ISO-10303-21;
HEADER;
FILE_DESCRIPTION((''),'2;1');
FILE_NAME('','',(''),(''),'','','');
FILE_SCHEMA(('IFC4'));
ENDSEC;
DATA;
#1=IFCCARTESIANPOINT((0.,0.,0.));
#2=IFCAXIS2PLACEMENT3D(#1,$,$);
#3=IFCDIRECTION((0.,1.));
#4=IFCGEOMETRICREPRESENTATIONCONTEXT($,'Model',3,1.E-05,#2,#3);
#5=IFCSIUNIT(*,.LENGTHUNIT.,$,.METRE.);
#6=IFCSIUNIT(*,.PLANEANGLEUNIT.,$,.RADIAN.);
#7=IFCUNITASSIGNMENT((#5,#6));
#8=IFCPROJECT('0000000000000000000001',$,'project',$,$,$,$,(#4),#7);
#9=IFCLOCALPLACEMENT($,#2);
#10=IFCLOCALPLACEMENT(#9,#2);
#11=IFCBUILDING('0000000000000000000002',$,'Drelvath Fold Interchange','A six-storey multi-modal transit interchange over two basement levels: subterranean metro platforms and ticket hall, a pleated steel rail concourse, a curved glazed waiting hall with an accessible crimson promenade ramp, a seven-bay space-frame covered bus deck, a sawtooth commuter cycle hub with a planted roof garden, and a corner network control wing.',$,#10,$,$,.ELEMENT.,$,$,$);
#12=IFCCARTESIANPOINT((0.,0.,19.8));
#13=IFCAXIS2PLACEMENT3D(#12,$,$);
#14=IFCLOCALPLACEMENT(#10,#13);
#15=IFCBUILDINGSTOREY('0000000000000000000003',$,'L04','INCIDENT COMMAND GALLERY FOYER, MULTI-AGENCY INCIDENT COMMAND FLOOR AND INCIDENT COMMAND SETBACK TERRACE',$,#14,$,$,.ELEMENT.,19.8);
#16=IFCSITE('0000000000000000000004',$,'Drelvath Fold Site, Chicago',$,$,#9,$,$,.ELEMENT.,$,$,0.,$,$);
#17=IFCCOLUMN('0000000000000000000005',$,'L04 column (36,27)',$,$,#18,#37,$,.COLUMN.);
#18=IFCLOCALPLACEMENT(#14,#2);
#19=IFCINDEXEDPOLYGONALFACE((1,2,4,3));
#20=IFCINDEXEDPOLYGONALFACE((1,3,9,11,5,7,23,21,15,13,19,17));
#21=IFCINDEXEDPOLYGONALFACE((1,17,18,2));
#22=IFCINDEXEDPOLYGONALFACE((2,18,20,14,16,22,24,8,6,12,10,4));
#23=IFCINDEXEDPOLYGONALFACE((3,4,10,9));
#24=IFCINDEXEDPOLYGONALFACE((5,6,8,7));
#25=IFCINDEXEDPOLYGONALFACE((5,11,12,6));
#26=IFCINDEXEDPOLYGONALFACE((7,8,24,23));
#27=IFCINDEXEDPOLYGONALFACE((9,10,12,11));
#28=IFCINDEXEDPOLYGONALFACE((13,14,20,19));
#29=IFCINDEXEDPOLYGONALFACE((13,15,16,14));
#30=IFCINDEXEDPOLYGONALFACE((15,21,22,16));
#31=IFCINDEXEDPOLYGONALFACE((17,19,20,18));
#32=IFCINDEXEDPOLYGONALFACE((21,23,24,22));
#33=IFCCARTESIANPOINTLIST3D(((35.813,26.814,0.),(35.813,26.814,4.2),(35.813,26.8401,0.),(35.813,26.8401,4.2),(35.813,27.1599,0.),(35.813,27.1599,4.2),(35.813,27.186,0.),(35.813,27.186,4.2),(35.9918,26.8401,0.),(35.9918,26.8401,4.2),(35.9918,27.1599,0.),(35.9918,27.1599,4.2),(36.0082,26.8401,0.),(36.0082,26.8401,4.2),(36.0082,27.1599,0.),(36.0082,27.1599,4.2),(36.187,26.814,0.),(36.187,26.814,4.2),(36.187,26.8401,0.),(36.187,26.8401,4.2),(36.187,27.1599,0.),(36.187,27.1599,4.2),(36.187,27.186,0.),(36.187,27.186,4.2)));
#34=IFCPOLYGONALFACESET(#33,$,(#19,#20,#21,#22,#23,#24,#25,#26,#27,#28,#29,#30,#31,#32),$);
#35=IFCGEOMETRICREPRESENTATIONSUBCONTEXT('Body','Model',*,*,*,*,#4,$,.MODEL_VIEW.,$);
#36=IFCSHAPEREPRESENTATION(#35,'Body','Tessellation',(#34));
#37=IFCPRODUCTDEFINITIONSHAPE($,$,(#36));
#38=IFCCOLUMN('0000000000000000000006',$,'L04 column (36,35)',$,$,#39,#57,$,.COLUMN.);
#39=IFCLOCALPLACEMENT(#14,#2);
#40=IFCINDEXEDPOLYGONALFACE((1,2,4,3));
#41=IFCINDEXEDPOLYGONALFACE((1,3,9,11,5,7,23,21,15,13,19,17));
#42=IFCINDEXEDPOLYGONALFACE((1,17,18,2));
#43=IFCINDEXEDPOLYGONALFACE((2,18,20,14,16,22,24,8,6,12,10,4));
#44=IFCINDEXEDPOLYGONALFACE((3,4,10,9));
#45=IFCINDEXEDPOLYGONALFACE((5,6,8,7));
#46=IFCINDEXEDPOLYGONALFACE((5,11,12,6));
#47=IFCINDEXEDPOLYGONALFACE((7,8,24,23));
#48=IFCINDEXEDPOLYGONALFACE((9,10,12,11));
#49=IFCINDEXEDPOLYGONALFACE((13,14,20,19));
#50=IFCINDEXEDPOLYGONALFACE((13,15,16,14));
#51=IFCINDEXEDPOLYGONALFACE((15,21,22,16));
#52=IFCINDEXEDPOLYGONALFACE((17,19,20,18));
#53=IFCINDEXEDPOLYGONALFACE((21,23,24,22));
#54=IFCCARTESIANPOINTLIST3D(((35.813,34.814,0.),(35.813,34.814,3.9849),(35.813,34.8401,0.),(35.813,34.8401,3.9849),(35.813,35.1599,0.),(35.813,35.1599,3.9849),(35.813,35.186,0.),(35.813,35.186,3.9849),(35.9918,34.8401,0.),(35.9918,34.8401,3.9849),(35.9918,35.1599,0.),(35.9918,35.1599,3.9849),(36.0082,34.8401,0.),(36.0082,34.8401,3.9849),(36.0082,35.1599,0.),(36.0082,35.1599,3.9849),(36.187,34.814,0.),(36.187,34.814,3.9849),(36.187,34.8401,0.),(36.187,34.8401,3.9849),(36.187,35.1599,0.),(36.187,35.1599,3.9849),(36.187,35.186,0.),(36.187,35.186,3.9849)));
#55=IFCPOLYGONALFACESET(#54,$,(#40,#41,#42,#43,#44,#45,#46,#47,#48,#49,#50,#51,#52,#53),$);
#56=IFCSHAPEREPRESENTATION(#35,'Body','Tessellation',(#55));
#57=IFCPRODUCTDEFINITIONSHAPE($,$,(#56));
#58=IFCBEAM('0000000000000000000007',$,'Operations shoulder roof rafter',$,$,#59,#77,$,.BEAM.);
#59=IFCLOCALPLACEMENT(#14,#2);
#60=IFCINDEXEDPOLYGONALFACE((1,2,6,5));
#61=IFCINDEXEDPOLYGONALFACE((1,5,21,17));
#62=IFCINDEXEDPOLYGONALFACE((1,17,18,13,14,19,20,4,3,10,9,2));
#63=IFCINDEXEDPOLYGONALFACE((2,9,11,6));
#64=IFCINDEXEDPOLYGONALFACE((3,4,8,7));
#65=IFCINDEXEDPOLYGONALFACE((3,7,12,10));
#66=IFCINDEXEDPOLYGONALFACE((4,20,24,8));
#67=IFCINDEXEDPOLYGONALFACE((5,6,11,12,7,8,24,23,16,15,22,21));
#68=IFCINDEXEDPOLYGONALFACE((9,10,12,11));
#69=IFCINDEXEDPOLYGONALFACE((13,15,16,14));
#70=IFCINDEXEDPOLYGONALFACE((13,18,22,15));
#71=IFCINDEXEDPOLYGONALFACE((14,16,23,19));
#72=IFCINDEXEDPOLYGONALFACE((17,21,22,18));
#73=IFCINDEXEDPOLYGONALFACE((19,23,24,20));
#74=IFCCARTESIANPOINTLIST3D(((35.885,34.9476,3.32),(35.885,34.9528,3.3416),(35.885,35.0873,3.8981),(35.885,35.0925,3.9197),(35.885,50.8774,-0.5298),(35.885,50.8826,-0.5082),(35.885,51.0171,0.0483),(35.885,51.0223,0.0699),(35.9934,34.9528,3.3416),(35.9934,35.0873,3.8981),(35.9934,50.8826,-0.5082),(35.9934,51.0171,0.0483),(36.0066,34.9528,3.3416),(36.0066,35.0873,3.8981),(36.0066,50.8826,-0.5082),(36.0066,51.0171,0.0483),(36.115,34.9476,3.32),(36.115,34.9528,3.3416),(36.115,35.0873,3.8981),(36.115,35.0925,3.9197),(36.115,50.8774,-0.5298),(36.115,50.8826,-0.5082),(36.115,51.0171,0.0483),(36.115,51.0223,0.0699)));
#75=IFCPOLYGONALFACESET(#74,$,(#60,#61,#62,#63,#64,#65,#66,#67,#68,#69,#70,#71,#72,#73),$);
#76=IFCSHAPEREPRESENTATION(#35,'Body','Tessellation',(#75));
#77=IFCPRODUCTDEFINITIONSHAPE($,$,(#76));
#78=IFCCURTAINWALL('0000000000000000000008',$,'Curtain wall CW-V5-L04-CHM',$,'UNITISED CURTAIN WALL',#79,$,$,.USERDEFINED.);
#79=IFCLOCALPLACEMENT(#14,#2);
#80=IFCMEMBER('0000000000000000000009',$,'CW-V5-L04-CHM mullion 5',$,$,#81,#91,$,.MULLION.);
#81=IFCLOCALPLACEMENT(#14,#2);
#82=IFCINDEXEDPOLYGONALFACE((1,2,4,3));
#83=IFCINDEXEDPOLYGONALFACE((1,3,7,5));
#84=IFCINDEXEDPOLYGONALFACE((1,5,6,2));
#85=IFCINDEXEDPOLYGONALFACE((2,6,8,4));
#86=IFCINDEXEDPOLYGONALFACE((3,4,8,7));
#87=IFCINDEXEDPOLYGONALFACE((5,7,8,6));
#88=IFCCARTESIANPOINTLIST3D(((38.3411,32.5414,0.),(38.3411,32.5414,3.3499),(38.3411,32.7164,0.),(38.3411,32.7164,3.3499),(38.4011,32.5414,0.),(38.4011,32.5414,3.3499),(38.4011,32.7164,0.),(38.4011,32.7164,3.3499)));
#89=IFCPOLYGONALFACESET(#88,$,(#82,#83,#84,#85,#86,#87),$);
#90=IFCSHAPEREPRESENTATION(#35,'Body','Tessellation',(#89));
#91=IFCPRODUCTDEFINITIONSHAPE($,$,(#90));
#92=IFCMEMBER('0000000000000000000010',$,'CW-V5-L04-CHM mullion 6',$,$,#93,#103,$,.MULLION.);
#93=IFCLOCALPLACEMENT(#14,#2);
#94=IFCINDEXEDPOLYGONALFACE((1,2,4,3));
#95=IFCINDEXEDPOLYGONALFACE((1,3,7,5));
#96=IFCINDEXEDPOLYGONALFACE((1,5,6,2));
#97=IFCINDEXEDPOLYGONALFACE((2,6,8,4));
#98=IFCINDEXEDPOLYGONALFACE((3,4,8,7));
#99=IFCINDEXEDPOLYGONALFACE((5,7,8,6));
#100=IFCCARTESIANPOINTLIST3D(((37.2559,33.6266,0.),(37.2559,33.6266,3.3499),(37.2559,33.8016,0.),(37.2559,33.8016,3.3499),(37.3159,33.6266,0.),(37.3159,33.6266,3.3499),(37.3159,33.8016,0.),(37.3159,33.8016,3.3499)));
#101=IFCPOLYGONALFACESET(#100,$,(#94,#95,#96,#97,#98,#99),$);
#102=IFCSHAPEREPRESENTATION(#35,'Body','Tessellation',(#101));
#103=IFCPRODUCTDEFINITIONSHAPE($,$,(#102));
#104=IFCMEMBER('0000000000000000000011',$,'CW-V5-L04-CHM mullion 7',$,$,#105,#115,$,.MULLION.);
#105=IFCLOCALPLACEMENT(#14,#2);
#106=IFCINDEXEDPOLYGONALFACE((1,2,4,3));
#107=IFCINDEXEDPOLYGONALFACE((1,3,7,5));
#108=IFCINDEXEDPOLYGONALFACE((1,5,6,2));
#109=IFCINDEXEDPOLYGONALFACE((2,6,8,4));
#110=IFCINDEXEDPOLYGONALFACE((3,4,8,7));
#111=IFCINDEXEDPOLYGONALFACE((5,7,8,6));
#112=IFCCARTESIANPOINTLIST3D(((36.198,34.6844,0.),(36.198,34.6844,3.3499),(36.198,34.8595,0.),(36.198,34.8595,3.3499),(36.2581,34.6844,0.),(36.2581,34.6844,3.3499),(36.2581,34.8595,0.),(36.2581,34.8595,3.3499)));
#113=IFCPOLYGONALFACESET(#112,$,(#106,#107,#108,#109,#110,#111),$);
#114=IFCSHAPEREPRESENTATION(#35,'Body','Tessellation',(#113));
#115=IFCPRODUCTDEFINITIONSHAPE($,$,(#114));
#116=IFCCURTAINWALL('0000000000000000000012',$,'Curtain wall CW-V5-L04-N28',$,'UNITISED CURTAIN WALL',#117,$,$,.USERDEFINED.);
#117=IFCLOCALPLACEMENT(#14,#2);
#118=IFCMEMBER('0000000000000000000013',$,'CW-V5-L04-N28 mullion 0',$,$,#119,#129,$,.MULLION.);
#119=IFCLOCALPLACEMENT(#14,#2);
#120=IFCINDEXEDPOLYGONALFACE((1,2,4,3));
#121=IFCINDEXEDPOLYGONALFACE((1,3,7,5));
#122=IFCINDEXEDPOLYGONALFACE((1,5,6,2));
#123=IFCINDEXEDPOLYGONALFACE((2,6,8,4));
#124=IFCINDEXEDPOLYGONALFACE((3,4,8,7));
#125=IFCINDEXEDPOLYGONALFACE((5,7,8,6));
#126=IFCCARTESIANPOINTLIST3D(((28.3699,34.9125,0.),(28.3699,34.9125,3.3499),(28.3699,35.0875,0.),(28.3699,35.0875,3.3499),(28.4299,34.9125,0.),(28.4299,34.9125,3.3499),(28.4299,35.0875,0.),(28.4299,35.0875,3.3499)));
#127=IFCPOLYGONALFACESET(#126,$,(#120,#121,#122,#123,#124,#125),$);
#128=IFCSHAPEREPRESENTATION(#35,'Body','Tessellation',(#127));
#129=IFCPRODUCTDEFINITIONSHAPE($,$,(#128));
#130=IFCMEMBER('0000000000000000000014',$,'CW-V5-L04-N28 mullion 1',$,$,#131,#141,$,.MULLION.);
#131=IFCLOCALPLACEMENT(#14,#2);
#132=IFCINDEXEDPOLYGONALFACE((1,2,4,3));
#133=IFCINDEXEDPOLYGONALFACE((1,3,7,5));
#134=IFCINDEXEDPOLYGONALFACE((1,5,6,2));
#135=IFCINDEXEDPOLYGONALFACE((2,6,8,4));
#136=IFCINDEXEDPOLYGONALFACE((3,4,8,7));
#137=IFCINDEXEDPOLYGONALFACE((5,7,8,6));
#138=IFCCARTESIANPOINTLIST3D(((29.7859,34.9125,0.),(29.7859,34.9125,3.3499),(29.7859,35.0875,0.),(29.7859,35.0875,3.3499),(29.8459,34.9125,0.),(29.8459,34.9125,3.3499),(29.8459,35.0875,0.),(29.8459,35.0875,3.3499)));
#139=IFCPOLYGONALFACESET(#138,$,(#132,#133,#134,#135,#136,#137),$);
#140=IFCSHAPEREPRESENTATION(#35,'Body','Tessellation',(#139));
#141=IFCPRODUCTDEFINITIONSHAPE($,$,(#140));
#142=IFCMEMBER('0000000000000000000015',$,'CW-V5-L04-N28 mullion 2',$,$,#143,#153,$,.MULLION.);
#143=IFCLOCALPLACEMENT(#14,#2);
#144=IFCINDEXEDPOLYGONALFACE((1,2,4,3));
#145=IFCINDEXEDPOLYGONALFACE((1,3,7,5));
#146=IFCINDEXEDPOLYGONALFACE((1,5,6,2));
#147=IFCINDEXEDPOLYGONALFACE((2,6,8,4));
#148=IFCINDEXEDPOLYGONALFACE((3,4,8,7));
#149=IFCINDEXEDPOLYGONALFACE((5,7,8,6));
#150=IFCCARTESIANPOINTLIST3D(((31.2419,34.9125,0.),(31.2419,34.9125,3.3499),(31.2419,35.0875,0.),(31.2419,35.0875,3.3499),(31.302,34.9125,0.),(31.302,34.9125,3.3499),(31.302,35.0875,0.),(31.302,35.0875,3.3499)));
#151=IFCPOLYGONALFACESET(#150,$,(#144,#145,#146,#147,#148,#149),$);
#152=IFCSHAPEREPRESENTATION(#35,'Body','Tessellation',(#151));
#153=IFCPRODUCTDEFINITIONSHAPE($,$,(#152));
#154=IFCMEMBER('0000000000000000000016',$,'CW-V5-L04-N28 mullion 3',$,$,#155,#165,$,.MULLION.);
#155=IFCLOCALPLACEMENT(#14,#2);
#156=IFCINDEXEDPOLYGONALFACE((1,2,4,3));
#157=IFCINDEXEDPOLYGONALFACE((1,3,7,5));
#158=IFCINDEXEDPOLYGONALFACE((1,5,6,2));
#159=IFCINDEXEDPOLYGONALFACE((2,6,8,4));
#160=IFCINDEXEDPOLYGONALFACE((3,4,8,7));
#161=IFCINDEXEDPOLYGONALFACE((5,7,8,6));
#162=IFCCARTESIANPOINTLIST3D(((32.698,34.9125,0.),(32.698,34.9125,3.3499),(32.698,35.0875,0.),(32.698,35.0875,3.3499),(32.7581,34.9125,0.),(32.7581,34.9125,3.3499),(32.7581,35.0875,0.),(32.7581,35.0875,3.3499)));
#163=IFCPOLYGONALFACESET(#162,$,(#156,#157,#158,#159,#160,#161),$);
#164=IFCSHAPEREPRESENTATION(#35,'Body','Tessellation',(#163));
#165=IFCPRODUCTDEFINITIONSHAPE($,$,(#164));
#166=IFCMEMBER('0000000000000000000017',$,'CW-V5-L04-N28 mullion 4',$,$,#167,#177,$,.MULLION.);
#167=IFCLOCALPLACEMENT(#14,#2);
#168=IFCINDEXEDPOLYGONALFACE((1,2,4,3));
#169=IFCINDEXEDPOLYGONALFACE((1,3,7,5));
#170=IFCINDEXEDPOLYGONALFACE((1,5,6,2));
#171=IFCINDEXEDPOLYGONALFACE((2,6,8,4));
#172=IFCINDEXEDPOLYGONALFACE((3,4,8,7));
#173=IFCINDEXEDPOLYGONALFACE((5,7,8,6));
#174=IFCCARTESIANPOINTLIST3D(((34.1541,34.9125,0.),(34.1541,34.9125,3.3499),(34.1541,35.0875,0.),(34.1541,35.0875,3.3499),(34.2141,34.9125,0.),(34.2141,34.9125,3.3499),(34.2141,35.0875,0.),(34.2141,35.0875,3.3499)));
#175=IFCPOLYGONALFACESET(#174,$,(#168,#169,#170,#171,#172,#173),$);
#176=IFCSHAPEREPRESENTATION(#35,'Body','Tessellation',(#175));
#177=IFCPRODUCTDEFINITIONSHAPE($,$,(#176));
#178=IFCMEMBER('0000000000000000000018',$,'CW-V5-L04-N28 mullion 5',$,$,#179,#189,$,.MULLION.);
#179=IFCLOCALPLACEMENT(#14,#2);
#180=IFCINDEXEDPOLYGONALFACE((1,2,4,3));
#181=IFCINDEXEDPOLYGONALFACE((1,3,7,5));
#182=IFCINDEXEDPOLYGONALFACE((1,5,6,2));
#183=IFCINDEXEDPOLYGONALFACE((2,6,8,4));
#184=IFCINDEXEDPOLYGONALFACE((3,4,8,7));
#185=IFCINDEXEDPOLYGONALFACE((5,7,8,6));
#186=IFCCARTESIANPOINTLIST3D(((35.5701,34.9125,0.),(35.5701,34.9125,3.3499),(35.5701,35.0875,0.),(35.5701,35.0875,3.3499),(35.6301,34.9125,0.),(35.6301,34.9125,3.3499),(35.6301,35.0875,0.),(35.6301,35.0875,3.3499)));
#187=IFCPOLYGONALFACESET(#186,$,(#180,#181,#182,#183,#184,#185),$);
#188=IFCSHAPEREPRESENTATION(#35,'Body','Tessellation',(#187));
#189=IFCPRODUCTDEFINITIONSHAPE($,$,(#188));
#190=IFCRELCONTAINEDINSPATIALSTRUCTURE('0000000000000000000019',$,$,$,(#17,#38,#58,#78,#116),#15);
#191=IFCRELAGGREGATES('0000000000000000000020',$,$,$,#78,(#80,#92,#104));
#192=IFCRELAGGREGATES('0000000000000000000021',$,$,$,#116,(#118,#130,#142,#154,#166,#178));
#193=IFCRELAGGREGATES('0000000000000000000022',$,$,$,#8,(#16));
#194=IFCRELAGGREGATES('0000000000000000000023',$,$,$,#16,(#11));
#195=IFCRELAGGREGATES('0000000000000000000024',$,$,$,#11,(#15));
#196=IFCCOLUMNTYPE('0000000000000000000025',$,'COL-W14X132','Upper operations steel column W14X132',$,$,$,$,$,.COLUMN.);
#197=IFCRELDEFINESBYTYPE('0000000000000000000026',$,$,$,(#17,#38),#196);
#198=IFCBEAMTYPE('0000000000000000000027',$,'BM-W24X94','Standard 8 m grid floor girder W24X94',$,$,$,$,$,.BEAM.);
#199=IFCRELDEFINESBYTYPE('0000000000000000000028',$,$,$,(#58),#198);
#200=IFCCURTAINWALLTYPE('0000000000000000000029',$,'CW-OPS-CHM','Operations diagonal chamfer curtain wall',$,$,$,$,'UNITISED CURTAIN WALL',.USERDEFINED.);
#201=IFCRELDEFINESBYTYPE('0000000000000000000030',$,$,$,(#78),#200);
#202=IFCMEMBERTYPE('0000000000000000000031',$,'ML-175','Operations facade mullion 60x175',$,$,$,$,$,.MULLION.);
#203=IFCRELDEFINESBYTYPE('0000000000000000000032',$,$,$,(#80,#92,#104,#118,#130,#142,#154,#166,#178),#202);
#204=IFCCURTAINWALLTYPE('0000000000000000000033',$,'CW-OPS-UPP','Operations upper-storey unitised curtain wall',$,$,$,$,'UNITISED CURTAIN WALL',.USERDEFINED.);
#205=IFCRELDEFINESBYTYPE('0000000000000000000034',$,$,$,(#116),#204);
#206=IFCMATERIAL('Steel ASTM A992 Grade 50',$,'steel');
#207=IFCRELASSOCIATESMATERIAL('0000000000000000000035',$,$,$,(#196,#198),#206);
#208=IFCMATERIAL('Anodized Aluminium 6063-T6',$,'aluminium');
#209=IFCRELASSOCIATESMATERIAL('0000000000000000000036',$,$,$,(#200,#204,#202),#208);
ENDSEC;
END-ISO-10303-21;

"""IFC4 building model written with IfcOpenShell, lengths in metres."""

from ifc_helpers import new_model, si_unit, direction, frame, origin, origin_2d, place, context, subcontext, project, spatial, rectangle, i_section, extrude, material, material_profile, profile_set, type_object, element, aggregate, save


model = new_model("IFC4")

# Units and contexts
model_context = context("Model", 3, precision=1e-05, world=origin(), true_north=direction((0.0, 1.0)))
body_context = subcontext(model_context, "Body", "Model", "MODEL_VIEW")
ifc_project = project(units=[si_unit("LENGTHUNIT", "METRE"), si_unit("PLANEANGLEUNIT", "RADIAN")], contexts=[model_context])

# Site, building, storey
site_placement = place(None, origin())
site = spatial("IfcSite", under=ifc_project, at=site_placement, Name="Drelvath Fold Site, Chicago", CompositionType="ELEMENT", RefElevation=0.0)
building_placement = place(site_placement, origin())
building = spatial("IfcBuilding", under=site, at=building_placement, Name="Drelvath Fold Interchange", Description="A six-storey multi-modal transit interchange over two basement levels: subterranean metro platforms and ticket hall, a pleated steel rail concourse, a curved glazed waiting hall with an accessible crimson promenade ramp, a seven-bay space-frame covered bus deck, a sawtooth commuter cycle hub with a planted roof garden, and a corner network control wing.", CompositionType="ELEMENT")
storey_placement = place(building_placement, frame((0.0, 0.0, 19.8)))
storey = spatial("IfcBuildingStorey", under=building, at=storey_placement, Name="L04", Description="INCIDENT COMMAND GALLERY FOYER, MULTI-AGENCY INCIDENT COMMAND FLOOR AND INCIDENT COMMAND SETBACK TERRACE", CompositionType="ELEMENT", Elevation=19.8)

# Columns
ifc_material_1 = material(Name="Steel ASTM A992 Grade 50", Category="steel")
ifc_material_profile_1 = material_profile(ifc_material_1, i_section(OverallWidth=0.374, OverallDepth=0.3721, WebThickness=0.0164, FlangeThickness=0.0261, at=origin_2d()), Name="W14X132")
ifc_profile_set_1 = profile_set([ifc_material_profile_1], Name="Steel ASTM A992 Grade 50")
column_type = type_object("IfcColumnType", Name="COL-W14X132", Description="Upper operations steel column W14X132", PredefinedType="COLUMN", material=ifc_profile_set_1)
column_1_placement = place(storey_placement, frame((36.0, 27.0, 0.0), z_axis=(0.0, 0.0, 1.0), x_axis=(1.0, 0.0, 0.0)))
element("IfcColumn", 1, at=column_1_placement, inside=storey, type_object=column_type, Name="L04 column (36,27)", PredefinedType="COLUMN", context=body_context, shape_type="SweptSolid", body=[
    extrude(i_section(OverallWidth=0.374, OverallDepth=0.3721, WebThickness=0.0164, FlangeThickness=0.0261, at=origin_2d()), origin(), (0.0, 0.0, 1.0), 4.2),
])
column_2_placement = place(storey_placement, frame((36.0, 35.0, 0.0), z_axis=(0.0, 0.0, 1.0), x_axis=(1.0, 0.0, 0.0)))
element("IfcColumn", 2, at=column_2_placement, inside=storey, type_object=column_type, Name="L04 column (36,35)", PredefinedType="COLUMN", context=body_context, shape_type="SweptSolid", body=[
    extrude(i_section(OverallWidth=0.374, OverallDepth=0.3721, WebThickness=0.0164, FlangeThickness=0.0261, at=origin_2d()), origin(), (0.0, 0.0, 1.0), 3.9849),
])

# Beam
ifc_material_profile_2 = material_profile(ifc_material_1, i_section(OverallWidth=0.23, OverallDepth=0.6169, WebThickness=0.0132, FlangeThickness=0.0222, at=origin_2d()), Name="W24X94")
ifc_profile_set_2 = profile_set([ifc_material_profile_2], Name="Steel ASTM A992 Grade 50")
beam_type = type_object("IfcBeamType", Name="BM-W24X94", Description="Standard 8 m grid floor girder W24X94", PredefinedType="BEAM", material=ifc_profile_set_2)
beam_placement = place(storey_placement, frame((36.0, 35.02, 3.6199), z_axis=(0.0, 0.972017, -0.234911), x_axis=(-1.0, 0.0, 0.0)))
element("IfcBeam", 3, at=beam_placement, inside=storey, type_object=beam_type, Name="Operations shoulder roof rafter", PredefinedType="BEAM", context=body_context, shape_type="SweptSolid", body=[
    extrude(i_section(OverallWidth=0.23, OverallDepth=0.6169, WebThickness=0.0132, FlangeThickness=0.0222, at=origin_2d()), origin(), (0.0, 0.0, 1.0), 16.3884),
])

# Curtain walls, members
ifc_material_2 = material(Name="Anodized Aluminium 6063-T6", Category="aluminium")
curtain_wall_type_1 = type_object("IfcCurtainWallType", Name="CW-OPS-CHM", Description="Operations diagonal chamfer curtain wall", ElementType="UNITISED CURTAIN WALL", PredefinedType="USERDEFINED", material=ifc_material_2)
curtain_wall_1_placement = place(storey_placement, origin())
curtain_wall_1 = element("IfcCurtainWall", 4, at=curtain_wall_1_placement, inside=storey, type_object=curtain_wall_type_1, Name="Curtain wall CW-V5-L04-CHM", ObjectType="UNITISED CURTAIN WALL", PredefinedType="USERDEFINED")
ifc_material_profile_3 = material_profile(ifc_material_2, rectangle(XDim=0.0601, YDim=0.175, at=origin_2d()), Name="AL-M 60x175")
ifc_profile_set_3 = profile_set([ifc_material_profile_3], Name="Anodized Aluminium 6063-T6")
member_type_1 = type_object("IfcMemberType", Name="ML-175", Description="Operations facade mullion 60x175", PredefinedType="MULLION", material=ifc_profile_set_3)
member_1_placement = place(storey_placement, frame((38.3711, 32.6289, 0.0), z_axis=(0.0, 0.0, 1.0), x_axis=(1.0, 0.0, 0.0)))
member_1 = element("IfcMember", 5, at=member_1_placement, type_object=member_type_1, Name="CW-V5-L04-CHM mullion 5", PredefinedType="MULLION", context=body_context, shape_type="SweptSolid", body=[
    extrude(rectangle(XDim=0.0601, YDim=0.175, at=origin_2d()), origin(), (0.0, 0.0, 1.0), 3.3499),
])
member_2_placement = place(storey_placement, frame((37.2859, 33.7141, 0.0), z_axis=(0.0, 0.0, 1.0), x_axis=(1.0, 0.0, 0.0)))
member_2 = element("IfcMember", 6, at=member_2_placement, type_object=member_type_1, Name="CW-V5-L04-CHM mullion 6", PredefinedType="MULLION", context=body_context, shape_type="SweptSolid", body=[
    extrude(rectangle(XDim=0.0601, YDim=0.175, at=origin_2d()), origin(), (0.0, 0.0, 1.0), 3.3499),
])
member_3_placement = place(storey_placement, frame((36.228, 34.772, 0.0), z_axis=(0.0, 0.0, 1.0), x_axis=(1.0, 0.0, 0.0)))
member_3 = element("IfcMember", 7, at=member_3_placement, type_object=member_type_1, Name="CW-V5-L04-CHM mullion 7", PredefinedType="MULLION", context=body_context, shape_type="SweptSolid", body=[
    extrude(rectangle(XDim=0.0601, YDim=0.175, at=origin_2d()), origin(), (0.0, 0.0, 1.0), 3.3499),
])
curtain_wall_type_2 = type_object("IfcCurtainWallType", Name="CW-OPS-UPP", Description="Operations upper-storey unitised curtain wall", ElementType="UNITISED CURTAIN WALL", PredefinedType="USERDEFINED", material=ifc_material_2)
curtain_wall_2_placement = place(storey_placement, origin())
curtain_wall_2 = element("IfcCurtainWall", 8, at=curtain_wall_2_placement, inside=storey, type_object=curtain_wall_type_2, Name="Curtain wall CW-V5-L04-N28", ObjectType="UNITISED CURTAIN WALL", PredefinedType="USERDEFINED")
member_4_placement = place(storey_placement, frame((28.3999, 35.0, 0.0), z_axis=(0.0, 0.0, 1.0), x_axis=(1.0, 0.0, 0.0)))
member_4 = element("IfcMember", 9, at=member_4_placement, type_object=member_type_1, Name="CW-V5-L04-N28 mullion 0", PredefinedType="MULLION", context=body_context, shape_type="SweptSolid", body=[
    extrude(rectangle(XDim=0.0601, YDim=0.175, at=origin_2d()), origin(), (0.0, 0.0, 1.0), 3.3499),
])
member_5_placement = place(storey_placement, frame((29.8159, 35.0, 0.0), z_axis=(0.0, 0.0, 1.0), x_axis=(1.0, 0.0, 0.0)))
member_5 = element("IfcMember", 10, at=member_5_placement, type_object=member_type_1, Name="CW-V5-L04-N28 mullion 1", PredefinedType="MULLION", context=body_context, shape_type="SweptSolid", body=[
    extrude(rectangle(XDim=0.0601, YDim=0.175, at=origin_2d()), origin(), (0.0, 0.0, 1.0), 3.3499),
])
member_6_placement = place(storey_placement, frame((31.272, 35.0, 0.0), z_axis=(0.0, 0.0, 1.0), x_axis=(1.0, 0.0, 0.0)))
member_6 = element("IfcMember", 11, at=member_6_placement, type_object=member_type_1, Name="CW-V5-L04-N28 mullion 2", PredefinedType="MULLION", context=body_context, shape_type="SweptSolid", body=[
    extrude(rectangle(XDim=0.0601, YDim=0.175, at=origin_2d()), origin(), (0.0, 0.0, 1.0), 3.3499),
])
member_7_placement = place(storey_placement, frame((32.728, 35.0, 0.0), z_axis=(0.0, 0.0, 1.0), x_axis=(1.0, 0.0, 0.0)))
member_7 = element("IfcMember", 12, at=member_7_placement, type_object=member_type_1, Name="CW-V5-L04-N28 mullion 3", PredefinedType="MULLION", context=body_context, shape_type="SweptSolid", body=[
    extrude(rectangle(XDim=0.0601, YDim=0.175, at=origin_2d()), origin(), (0.0, 0.0, 1.0), 3.3499),
])
member_8_placement = place(storey_placement, frame((34.1841, 35.0, 0.0), z_axis=(0.0, 0.0, 1.0), x_axis=(1.0, 0.0, 0.0)))
member_8 = element("IfcMember", 13, at=member_8_placement, type_object=member_type_1, Name="CW-V5-L04-N28 mullion 4", PredefinedType="MULLION", context=body_context, shape_type="SweptSolid", body=[
    extrude(rectangle(XDim=0.0601, YDim=0.175, at=origin_2d()), origin(), (0.0, 0.0, 1.0), 3.3499),
])
member_9_placement = place(storey_placement, frame((35.6001, 35.0, 0.0), z_axis=(0.0, 0.0, 1.0), x_axis=(1.0, 0.0, 0.0)))
member_9 = element("IfcMember", 14, at=member_9_placement, type_object=member_type_1, Name="CW-V5-L04-N28 mullion 5", PredefinedType="MULLION", context=body_context, shape_type="SweptSolid", body=[
    extrude(rectangle(XDim=0.0601, YDim=0.175, at=origin_2d()), origin(), (0.0, 0.0, 1.0), 3.3499),
])

aggregate(curtain_wall_1, [member_1, member_2, member_3])
aggregate(curtain_wall_2, [member_4, member_5, member_6, member_7, member_8, member_9])

save(model, "model.ifc")
